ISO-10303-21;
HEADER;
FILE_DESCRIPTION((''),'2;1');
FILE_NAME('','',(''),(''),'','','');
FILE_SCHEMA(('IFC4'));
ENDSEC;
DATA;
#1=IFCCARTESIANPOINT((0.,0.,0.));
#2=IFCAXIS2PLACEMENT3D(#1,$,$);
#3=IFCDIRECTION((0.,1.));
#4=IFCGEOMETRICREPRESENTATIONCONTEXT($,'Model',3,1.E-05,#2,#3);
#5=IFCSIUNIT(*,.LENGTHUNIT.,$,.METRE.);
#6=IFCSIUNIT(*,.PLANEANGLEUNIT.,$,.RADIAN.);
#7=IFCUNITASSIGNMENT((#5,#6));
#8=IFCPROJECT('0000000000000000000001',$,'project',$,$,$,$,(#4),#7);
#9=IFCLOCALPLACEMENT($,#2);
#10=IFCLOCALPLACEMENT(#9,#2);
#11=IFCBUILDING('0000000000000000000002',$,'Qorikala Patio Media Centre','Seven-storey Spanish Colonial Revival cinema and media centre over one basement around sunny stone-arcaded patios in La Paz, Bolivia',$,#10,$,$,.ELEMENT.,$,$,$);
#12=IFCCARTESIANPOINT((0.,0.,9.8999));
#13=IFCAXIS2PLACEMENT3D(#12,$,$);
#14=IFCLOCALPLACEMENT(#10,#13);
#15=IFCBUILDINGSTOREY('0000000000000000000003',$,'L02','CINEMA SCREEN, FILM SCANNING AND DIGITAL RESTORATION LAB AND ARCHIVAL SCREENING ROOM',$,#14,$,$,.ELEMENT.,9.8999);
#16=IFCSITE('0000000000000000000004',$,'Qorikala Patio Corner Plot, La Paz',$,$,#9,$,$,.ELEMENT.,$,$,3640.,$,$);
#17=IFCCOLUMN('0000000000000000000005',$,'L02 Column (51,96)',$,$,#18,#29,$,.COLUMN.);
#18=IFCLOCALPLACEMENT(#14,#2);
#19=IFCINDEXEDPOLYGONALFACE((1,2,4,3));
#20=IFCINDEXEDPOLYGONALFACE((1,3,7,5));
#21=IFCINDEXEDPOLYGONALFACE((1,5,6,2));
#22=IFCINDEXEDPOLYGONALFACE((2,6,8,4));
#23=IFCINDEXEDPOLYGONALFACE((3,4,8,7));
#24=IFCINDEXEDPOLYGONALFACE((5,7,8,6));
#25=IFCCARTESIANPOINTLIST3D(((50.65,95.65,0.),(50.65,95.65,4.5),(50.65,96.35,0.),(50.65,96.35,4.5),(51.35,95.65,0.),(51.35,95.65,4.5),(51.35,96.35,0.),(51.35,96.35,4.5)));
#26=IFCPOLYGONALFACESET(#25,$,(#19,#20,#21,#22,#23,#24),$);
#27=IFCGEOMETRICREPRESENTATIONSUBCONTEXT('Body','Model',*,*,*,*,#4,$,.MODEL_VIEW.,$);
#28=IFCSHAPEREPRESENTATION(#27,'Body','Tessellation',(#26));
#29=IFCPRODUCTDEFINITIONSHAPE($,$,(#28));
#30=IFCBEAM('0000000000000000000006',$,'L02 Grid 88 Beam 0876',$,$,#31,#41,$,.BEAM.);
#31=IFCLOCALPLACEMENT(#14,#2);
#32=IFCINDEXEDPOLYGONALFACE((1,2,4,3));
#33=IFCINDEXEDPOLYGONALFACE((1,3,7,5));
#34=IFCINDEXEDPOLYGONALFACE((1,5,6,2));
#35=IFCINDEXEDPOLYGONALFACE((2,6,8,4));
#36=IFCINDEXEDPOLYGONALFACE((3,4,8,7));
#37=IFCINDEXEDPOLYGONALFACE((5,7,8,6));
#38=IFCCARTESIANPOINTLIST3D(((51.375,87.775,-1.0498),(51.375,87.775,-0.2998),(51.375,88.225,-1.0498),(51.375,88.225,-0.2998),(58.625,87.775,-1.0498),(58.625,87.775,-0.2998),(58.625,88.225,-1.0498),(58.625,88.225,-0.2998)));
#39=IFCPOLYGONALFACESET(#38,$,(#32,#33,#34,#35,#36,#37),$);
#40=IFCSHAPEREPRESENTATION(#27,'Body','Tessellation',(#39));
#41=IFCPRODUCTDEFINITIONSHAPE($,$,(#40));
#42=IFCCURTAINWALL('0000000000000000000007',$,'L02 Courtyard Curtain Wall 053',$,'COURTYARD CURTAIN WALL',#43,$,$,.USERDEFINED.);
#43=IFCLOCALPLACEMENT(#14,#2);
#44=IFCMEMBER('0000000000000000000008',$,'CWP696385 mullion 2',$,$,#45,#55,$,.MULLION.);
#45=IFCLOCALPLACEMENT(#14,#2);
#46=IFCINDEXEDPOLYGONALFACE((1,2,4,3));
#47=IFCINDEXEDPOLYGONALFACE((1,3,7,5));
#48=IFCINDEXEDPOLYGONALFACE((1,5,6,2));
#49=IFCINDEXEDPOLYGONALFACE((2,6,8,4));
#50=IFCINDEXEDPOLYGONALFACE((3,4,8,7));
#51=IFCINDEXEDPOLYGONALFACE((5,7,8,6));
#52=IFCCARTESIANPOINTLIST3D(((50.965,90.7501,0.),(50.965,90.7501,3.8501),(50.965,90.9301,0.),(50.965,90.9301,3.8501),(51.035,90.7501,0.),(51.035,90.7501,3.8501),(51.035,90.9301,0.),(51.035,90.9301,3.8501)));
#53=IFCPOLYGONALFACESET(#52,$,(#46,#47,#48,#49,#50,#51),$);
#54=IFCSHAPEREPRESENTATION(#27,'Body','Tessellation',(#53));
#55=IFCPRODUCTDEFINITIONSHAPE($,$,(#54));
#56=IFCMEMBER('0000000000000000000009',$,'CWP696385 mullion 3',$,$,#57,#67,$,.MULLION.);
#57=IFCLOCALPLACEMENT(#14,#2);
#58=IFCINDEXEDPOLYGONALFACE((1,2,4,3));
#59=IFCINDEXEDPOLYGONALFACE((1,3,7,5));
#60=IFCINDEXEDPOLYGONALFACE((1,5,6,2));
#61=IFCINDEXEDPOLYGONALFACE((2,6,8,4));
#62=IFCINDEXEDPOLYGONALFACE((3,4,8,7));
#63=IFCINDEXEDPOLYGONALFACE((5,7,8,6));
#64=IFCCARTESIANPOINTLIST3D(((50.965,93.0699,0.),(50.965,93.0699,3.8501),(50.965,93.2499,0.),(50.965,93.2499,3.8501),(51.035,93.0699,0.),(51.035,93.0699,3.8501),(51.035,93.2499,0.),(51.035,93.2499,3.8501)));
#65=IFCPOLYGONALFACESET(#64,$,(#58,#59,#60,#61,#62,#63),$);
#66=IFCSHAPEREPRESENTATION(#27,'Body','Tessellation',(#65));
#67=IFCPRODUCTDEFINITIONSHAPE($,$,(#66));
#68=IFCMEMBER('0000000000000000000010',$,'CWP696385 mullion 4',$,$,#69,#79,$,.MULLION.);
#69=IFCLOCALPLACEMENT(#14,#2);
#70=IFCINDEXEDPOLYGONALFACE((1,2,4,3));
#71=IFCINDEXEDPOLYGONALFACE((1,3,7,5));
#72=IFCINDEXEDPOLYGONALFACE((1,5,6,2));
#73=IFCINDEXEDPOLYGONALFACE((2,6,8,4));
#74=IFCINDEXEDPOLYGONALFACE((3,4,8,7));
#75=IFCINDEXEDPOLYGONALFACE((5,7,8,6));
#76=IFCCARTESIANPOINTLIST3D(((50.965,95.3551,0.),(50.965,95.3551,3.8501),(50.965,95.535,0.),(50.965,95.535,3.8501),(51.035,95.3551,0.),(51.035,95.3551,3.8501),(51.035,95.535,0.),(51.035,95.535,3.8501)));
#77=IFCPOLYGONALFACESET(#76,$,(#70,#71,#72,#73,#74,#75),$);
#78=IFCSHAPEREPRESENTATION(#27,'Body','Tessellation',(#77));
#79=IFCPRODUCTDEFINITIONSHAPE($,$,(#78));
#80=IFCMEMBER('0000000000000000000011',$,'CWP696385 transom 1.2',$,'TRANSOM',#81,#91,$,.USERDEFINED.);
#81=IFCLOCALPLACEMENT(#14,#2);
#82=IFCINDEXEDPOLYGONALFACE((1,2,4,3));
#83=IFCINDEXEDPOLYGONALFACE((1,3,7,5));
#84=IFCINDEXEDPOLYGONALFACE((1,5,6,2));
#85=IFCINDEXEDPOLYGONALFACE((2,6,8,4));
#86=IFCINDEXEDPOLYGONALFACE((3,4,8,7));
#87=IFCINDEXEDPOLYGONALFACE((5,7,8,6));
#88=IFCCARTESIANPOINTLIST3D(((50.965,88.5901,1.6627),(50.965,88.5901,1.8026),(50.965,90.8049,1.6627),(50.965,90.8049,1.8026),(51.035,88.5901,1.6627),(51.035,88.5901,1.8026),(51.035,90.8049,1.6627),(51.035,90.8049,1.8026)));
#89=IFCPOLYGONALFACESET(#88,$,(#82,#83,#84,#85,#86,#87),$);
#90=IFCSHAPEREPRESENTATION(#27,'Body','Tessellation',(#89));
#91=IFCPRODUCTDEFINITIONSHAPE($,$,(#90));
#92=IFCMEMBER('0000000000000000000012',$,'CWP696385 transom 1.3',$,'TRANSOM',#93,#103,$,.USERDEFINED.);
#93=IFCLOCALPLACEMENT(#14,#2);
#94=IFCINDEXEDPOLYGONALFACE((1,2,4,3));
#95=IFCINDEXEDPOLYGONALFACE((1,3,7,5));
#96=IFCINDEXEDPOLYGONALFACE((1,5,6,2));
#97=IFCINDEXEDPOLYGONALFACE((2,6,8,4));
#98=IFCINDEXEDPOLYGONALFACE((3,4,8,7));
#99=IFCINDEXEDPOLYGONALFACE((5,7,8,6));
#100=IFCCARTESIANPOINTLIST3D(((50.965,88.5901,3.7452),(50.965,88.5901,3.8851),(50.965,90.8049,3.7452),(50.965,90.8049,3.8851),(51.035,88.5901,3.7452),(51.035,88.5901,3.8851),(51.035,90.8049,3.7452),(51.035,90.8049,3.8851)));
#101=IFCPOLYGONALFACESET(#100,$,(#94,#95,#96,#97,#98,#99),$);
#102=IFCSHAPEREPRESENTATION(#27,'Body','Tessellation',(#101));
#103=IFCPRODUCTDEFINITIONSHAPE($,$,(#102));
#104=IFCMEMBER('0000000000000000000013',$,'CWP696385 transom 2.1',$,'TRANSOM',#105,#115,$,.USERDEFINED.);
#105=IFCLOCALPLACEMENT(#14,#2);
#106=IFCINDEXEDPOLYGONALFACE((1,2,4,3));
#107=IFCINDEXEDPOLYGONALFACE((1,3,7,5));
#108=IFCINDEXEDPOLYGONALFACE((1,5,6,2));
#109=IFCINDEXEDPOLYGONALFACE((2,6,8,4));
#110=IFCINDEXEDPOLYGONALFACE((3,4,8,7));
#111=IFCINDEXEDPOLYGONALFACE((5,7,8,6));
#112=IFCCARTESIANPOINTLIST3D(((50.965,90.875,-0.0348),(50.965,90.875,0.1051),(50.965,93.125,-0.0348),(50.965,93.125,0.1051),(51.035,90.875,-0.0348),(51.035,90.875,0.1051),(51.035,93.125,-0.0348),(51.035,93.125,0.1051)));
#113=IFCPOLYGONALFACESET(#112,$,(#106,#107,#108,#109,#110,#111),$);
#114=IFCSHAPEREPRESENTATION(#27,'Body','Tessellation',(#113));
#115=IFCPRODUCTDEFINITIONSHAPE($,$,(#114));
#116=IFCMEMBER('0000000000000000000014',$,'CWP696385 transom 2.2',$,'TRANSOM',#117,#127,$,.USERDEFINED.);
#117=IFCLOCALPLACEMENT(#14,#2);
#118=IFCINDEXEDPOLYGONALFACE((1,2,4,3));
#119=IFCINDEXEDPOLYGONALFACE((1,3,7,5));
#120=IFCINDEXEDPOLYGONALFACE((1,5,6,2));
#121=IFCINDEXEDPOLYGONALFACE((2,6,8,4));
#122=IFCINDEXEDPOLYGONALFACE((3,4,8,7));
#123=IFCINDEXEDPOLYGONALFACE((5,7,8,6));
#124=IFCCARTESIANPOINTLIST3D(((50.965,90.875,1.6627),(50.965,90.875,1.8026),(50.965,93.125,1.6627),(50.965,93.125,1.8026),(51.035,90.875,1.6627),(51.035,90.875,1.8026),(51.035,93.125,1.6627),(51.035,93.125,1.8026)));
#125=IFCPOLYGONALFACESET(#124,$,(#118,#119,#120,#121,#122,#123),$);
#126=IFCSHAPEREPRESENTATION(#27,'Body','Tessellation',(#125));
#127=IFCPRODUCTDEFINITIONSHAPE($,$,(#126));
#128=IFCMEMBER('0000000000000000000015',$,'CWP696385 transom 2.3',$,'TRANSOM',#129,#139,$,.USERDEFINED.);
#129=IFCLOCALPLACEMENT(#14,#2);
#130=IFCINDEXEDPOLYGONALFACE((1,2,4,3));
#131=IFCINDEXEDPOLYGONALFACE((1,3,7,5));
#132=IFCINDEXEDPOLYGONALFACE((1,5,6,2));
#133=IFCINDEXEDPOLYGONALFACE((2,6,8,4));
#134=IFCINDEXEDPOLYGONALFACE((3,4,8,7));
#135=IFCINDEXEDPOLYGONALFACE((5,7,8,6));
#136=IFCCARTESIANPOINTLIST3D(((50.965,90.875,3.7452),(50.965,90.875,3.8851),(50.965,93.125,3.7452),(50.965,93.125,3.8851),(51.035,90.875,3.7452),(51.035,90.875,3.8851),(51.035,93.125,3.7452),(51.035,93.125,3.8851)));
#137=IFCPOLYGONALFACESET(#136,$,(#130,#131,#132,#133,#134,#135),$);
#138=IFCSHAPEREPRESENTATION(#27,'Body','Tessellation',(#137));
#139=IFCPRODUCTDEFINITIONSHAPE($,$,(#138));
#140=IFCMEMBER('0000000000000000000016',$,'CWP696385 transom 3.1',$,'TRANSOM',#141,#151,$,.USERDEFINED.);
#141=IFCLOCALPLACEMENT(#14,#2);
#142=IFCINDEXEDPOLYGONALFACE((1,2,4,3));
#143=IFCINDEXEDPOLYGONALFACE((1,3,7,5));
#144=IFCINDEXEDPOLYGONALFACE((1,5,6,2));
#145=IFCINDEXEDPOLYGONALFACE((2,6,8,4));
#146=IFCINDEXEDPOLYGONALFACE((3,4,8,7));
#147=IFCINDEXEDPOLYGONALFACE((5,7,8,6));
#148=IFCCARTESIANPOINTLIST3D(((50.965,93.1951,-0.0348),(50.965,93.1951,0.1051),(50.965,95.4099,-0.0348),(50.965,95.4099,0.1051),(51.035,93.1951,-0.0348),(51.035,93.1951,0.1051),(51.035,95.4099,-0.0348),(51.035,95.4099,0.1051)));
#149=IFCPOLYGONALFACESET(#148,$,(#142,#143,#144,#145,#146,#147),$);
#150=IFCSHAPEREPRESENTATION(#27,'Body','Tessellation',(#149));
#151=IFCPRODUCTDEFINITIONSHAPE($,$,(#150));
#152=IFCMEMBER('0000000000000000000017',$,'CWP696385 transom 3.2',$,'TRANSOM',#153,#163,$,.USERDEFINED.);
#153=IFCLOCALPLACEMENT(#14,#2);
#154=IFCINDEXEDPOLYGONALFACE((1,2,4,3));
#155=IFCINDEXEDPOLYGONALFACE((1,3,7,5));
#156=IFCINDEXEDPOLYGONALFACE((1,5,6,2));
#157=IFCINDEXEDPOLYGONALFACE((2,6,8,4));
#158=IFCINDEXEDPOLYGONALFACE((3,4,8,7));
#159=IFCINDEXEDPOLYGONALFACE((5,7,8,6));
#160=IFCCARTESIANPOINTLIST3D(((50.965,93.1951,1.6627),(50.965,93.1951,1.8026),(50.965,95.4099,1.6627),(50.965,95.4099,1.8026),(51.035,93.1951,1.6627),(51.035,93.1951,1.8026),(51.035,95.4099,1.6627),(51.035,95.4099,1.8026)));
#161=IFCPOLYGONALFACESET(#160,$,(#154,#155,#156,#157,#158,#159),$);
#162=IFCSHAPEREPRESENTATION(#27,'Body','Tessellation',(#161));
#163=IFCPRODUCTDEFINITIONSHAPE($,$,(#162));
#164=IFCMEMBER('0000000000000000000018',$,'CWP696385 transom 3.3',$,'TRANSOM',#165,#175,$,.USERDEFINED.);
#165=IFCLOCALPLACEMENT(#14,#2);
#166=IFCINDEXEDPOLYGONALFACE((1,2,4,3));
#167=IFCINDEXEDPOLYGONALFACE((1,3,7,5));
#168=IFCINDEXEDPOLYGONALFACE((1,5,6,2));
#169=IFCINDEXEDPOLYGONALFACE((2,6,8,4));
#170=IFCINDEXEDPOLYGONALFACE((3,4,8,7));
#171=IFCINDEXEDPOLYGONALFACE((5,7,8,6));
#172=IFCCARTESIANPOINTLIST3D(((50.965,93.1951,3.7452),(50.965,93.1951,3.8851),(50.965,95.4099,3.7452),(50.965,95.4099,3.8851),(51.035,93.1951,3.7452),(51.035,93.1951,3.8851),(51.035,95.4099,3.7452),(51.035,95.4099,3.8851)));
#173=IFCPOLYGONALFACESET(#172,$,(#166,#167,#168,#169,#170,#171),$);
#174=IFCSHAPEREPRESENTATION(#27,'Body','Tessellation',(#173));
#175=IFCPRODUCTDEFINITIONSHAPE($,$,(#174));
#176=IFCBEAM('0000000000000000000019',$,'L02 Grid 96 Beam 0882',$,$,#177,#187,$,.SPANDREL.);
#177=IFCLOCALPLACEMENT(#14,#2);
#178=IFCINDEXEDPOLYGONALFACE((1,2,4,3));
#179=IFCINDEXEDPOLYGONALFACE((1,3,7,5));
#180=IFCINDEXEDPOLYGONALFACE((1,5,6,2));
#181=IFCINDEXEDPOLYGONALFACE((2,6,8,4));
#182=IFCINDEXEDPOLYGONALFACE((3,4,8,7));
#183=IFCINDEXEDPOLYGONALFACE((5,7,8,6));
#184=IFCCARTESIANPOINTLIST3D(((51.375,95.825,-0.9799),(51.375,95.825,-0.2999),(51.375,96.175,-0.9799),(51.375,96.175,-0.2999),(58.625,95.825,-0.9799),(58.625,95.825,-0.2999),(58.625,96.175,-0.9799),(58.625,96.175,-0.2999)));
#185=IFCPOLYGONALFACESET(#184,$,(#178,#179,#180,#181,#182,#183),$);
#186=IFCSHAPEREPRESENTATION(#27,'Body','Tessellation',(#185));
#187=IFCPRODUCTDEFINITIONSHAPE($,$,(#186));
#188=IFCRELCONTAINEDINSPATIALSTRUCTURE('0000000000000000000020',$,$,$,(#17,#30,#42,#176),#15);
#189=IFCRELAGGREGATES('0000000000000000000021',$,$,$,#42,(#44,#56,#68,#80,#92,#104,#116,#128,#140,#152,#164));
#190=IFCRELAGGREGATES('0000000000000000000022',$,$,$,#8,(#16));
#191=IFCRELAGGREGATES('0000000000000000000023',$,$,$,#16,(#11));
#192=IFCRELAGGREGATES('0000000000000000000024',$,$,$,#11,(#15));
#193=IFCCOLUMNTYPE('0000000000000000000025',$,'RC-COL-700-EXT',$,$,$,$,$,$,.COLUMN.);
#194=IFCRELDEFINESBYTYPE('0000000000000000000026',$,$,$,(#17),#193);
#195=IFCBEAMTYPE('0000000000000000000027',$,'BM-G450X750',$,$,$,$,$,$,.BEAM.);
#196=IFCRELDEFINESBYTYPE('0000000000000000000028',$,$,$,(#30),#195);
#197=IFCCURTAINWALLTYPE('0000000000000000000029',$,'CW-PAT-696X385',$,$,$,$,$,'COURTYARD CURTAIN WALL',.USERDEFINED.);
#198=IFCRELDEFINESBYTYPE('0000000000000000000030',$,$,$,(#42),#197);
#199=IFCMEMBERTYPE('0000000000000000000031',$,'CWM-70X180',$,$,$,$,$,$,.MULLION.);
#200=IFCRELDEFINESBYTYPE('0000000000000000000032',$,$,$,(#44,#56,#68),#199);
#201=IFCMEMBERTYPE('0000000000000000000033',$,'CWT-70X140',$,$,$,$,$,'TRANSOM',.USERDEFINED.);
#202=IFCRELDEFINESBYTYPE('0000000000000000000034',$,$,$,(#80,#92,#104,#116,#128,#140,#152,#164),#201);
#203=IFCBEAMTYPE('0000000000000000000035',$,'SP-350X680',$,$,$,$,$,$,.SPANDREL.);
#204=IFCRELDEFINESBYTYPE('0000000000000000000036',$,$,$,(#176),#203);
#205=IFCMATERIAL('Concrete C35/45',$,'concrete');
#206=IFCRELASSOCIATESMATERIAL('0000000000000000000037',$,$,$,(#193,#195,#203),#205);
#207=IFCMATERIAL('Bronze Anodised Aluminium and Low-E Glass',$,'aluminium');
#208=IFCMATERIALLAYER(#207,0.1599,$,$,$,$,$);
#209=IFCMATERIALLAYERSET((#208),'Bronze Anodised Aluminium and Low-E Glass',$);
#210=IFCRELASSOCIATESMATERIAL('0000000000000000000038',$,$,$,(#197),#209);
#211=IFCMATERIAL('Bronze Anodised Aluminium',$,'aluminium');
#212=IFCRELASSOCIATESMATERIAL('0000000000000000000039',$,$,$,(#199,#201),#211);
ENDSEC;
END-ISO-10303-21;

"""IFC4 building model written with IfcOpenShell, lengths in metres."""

from ifc_helpers import new_model, si_unit, direction, frame, origin, origin_2d, place, context, subcontext, project, spatial, rectangle, extrude, material, layer, layer_set, material_profile, profile_set, type_object, element, aggregate, save


model = new_model("IFC4")

# Units and contexts
model_context = context("Model", 3, precision=1e-05, world=origin(), true_north=direction((0.0, 1.0)))
body_context = subcontext(model_context, "Body", "Model", "MODEL_VIEW")
ifc_project = project(units=[si_unit("LENGTHUNIT", "METRE"), si_unit("PLANEANGLEUNIT", "RADIAN")], contexts=[model_context])

# Site, building, storey
site_placement = place(None, origin())
site = spatial("IfcSite", under=ifc_project, at=site_placement, Name="Qorikala Patio Corner Plot, La Paz", CompositionType="ELEMENT", RefElevation=3640.0)
building_placement = place(site_placement, origin())
building = spatial("IfcBuilding", under=site, at=building_placement, Name="Qorikala Patio Media Centre", Description="Seven-storey Spanish Colonial Revival cinema and media centre over one basement around sunny stone-arcaded patios in La Paz, Bolivia", CompositionType="ELEMENT")
storey_placement = place(building_placement, frame((0.0, 0.0, 9.8999)))
storey = spatial("IfcBuildingStorey", under=building, at=storey_placement, Name="L02", Description="CINEMA SCREEN, FILM SCANNING AND DIGITAL RESTORATION LAB AND ARCHIVAL SCREENING ROOM", CompositionType="ELEMENT", Elevation=9.8999)

# Column
ifc_material_1 = material(Name="Concrete C35/45", Category="concrete")
ifc_material_profile_1 = material_profile(ifc_material_1, rectangle(XDim=0.7, YDim=0.7, at=origin_2d()), Name="RC 700x700")
ifc_profile_set_1 = profile_set([ifc_material_profile_1], Name="Concrete C35/45")
column_type = type_object("IfcColumnType", Name="RC-COL-700-EXT", PredefinedType="COLUMN", material=ifc_profile_set_1)
column_placement = place(storey_placement, frame((51.0, 96.0, 0.0), z_axis=(0.0, 0.0, 1.0), x_axis=(1.0, 0.0, 0.0)))
element("IfcColumn", 1, at=column_placement, inside=storey, type_object=column_type, Name="L02 Column (51,96)", PredefinedType="COLUMN", context=body_context, shape_type="SweptSolid", body=[
    extrude(rectangle(XDim=0.7, YDim=0.7, at=origin_2d()), origin(), (0.0, 0.0, 1.0), 4.5),
])

# Beam
ifc_material_profile_2 = material_profile(ifc_material_1, rectangle(XDim=0.45, YDim=0.75, at=origin_2d()), Name="RC 450x750")
ifc_profile_set_2 = profile_set([ifc_material_profile_2], Name="Concrete C35/45")
beam_type_1 = type_object("IfcBeamType", Name="BM-G450X750", PredefinedType="BEAM", material=ifc_profile_set_2)
beam_1_placement = place(storey_placement, frame((51.375, 88.0, -0.6748), z_axis=(1.0, 0.0, 0.0), x_axis=(0.0, 1.0, 0.0)))
element("IfcBeam", 2, at=beam_1_placement, inside=storey, type_object=beam_type_1, Name="L02 Grid 88 Beam 0876", PredefinedType="BEAM", context=body_context, shape_type="SweptSolid", body=[
    extrude(rectangle(XDim=0.45, YDim=0.75, at=origin_2d()), origin(), (0.0, 0.0, 1.0), 7.25),
])

# Curtain wall, members
ifc_material_2 = material(Name="Bronze Anodised Aluminium and Low-E Glass", Category="aluminium")
ifc_layer_1 = layer(ifc_material_2, 0.1599)
ifc_layer_set_1 = layer_set([ifc_layer_1], Name="Bronze Anodised Aluminium and Low-E Glass")
curtain_wall_type = type_object("IfcCurtainWallType", Name="CW-PAT-696X385", ElementType="COURTYARD CURTAIN WALL", PredefinedType="USERDEFINED", material=ifc_layer_set_1)
curtain_wall_placement = place(storey_placement, origin())
curtain_wall = element("IfcCurtainWall", 3, at=curtain_wall_placement, inside=storey, type_object=curtain_wall_type, Name="L02 Courtyard Curtain Wall 053", ObjectType="COURTYARD CURTAIN WALL", PredefinedType="USERDEFINED")
ifc_material_3 = material(Name="Bronze Anodised Aluminium", Category="aluminium")
ifc_material_profile_3 = material_profile(ifc_material_3, rectangle(XDim=0.0701, YDim=0.1799, at=origin_2d()), Name="ALU MULLION 70x180")
ifc_profile_set_3 = profile_set([ifc_material_profile_3], Name="Bronze Anodised Aluminium")
member_type_1 = type_object("IfcMemberType", Name="CWM-70X180", PredefinedType="MULLION", material=ifc_profile_set_3)
member_1_placement = place(storey_placement, frame((51.0, 90.8401, 0.0), z_axis=(0.0, 0.0, 1.0), x_axis=(-1.0, 0.0, 0.0)))
member_1 = element("IfcMember", 4, at=member_1_placement, type_object=member_type_1, Name="CWP696385 mullion 2", PredefinedType="MULLION", context=body_context, shape_type="SweptSolid", body=[
    extrude(rectangle(XDim=0.0701, YDim=0.1799, at=origin_2d()), origin(), (0.0, 0.0, 1.0), 3.8501),
])
member_2_placement = place(storey_placement, frame((51.0, 93.1599, 0.0), z_axis=(0.0, 0.0, 1.0), x_axis=(-1.0, 0.0, 0.0)))
member_2 = element("IfcMember", 5, at=member_2_placement, type_object=member_type_1, Name="CWP696385 mullion 3", PredefinedType="MULLION", context=body_context, shape_type="SweptSolid", body=[
    extrude(rectangle(XDim=0.0701, YDim=0.1799, at=origin_2d()), origin(), (0.0, 0.0, 1.0), 3.8501),
])
member_3_placement = place(storey_placement, frame((51.0, 95.4451, 0.0), z_axis=(0.0, 0.0, 1.0), x_axis=(-1.0, 0.0, 0.0)))
member_3 = element("IfcMember", 6, at=member_3_placement, type_object=member_type_1, Name="CWP696385 mullion 4", PredefinedType="MULLION", context=body_context, shape_type="SweptSolid", body=[
    extrude(rectangle(XDim=0.0701, YDim=0.1799, at=origin_2d()), origin(), (0.0, 0.0, 1.0), 3.8501),
])
ifc_material_profile_4 = material_profile(ifc_material_3, rectangle(XDim=0.0701, YDim=0.1399, at=origin_2d()), Name="ALU TRANSOM 70x140")
ifc_profile_set_4 = profile_set([ifc_material_profile_4], Name="Bronze Anodised Aluminium")
member_type_2 = type_object("IfcMemberType", Name="CWT-70X140", ElementType="TRANSOM", PredefinedType="USERDEFINED", material=ifc_profile_set_4)
member_4_placement = place(storey_placement, frame((51.0, 88.5901, 1.7327), z_axis=(0.0, 1.0, 0.0), x_axis=(-1.0, 0.0, 0.0)))
member_4 = element("IfcMember", 7, at=member_4_placement, type_object=member_type_2, Name="CWP696385 transom 1.2", ObjectType="TRANSOM", PredefinedType="USERDEFINED", context=body_context, shape_type="SweptSolid", body=[
    extrude(rectangle(XDim=0.0701, YDim=0.1399, at=origin_2d()), origin(), (0.0, 0.0, 1.0), 2.2148),
])
member_5_placement = place(storey_placement, frame((51.0, 88.5901, 3.8152), z_axis=(0.0, 1.0, 0.0), x_axis=(-1.0, 0.0, 0.0)))
member_5 = element("IfcMember", 8, at=member_5_placement, type_object=member_type_2, Name="CWP696385 transom 1.3", ObjectType="TRANSOM", PredefinedType="USERDEFINED", context=body_context, shape_type="SweptSolid", body=[
    extrude(rectangle(XDim=0.0701, YDim=0.1399, at=origin_2d()), origin(), (0.0, 0.0, 1.0), 2.2148),
])
member_6_placement = place(storey_placement, frame((51.0, 90.875, 0.0352), z_axis=(0.0, 1.0, 0.0), x_axis=(-1.0, 0.0, 0.0)))
member_6 = element("IfcMember", 9, at=member_6_placement, type_object=member_type_2, Name="CWP696385 transom 2.1", ObjectType="TRANSOM", PredefinedType="USERDEFINED", context=body_context, shape_type="SweptSolid", body=[
    extrude(rectangle(XDim=0.0701, YDim=0.1399, at=origin_2d()), origin(), (0.0, 0.0, 1.0), 2.25),
])
member_7_placement = place(storey_placement, frame((51.0, 90.875, 1.7327), z_axis=(0.0, 1.0, 0.0), x_axis=(-1.0, 0.0, 0.0)))
member_7 = element("IfcMember", 10, at=member_7_placement, type_object=member_type_2, Name="CWP696385 transom 2.2", ObjectType="TRANSOM", PredefinedType="USERDEFINED", context=body_context, shape_type="SweptSolid", body=[
    extrude(rectangle(XDim=0.0701, YDim=0.1399, at=origin_2d()), origin(), (0.0, 0.0, 1.0), 2.25),
])
member_8_placement = place(storey_placement, frame((51.0, 90.875, 3.8152), z_axis=(0.0, 1.0, 0.0), x_axis=(-1.0, 0.0, 0.0)))
member_8 = element("IfcMember", 11, at=member_8_placement, type_object=member_type_2, Name="CWP696385 transom 2.3", ObjectType="TRANSOM", PredefinedType="USERDEFINED", context=body_context, shape_type="SweptSolid", body=[
    extrude(rectangle(XDim=0.0701, YDim=0.1399, at=origin_2d()), origin(), (0.0, 0.0, 1.0), 2.25),
])
member_9_placement = place(storey_placement, frame((51.0, 93.1951, 0.0352), z_axis=(0.0, 1.0, 0.0), x_axis=(-1.0, 0.0, 0.0)))
member_9 = element("IfcMember", 12, at=member_9_placement, type_object=member_type_2, Name="CWP696385 transom 3.1", ObjectType="TRANSOM", PredefinedType="USERDEFINED", context=body_context, shape_type="SweptSolid", body=[
    extrude(rectangle(XDim=0.0701, YDim=0.1399, at=origin_2d()), origin(), (0.0, 0.0, 1.0), 2.2148),
])
member_10_placement = place(storey_placement, frame((51.0, 93.1951, 1.7327), z_axis=(0.0, 1.0, 0.0), x_axis=(-1.0, 0.0, 0.0)))
member_10 = element("IfcMember", 13, at=member_10_placement, type_object=member_type_2, Name="CWP696385 transom 3.2", ObjectType="TRANSOM", PredefinedType="USERDEFINED", context=body_context, shape_type="SweptSolid", body=[
    extrude(rectangle(XDim=0.0701, YDim=0.1399, at=origin_2d()), origin(), (0.0, 0.0, 1.0), 2.2148),
])
member_11_placement = place(storey_placement, frame((51.0, 93.1951, 3.8152), z_axis=(0.0, 1.0, 0.0), x_axis=(-1.0, 0.0, 0.0)))
member_11 = element("IfcMember", 14, at=member_11_placement, type_object=member_type_2, Name="CWP696385 transom 3.3", ObjectType="TRANSOM", PredefinedType="USERDEFINED", context=body_context, shape_type="SweptSolid", body=[
    extrude(rectangle(XDim=0.0701, YDim=0.1399, at=origin_2d()), origin(), (0.0, 0.0, 1.0), 2.2148),
])

# Beam
ifc_material_profile_5 = material_profile(ifc_material_1, rectangle(XDim=0.3501, YDim=0.6799, at=origin_2d()), Name="RC 350x680")
ifc_profile_set_5 = profile_set([ifc_material_profile_5], Name="Concrete C35/45")
beam_type_2 = type_object("IfcBeamType", Name="SP-350X680", PredefinedType="SPANDREL", material=ifc_profile_set_5)
beam_2_placement = place(storey_placement, frame((51.375, 96.0, -0.6399), z_axis=(1.0, 0.0, 0.0), x_axis=(0.0, 1.0, 0.0)))
element("IfcBeam", 15, at=beam_2_placement, inside=storey, type_object=beam_type_2, Name="L02 Grid 96 Beam 0882", PredefinedType="SPANDREL", context=body_context, shape_type="SweptSolid", body=[
    extrude(rectangle(XDim=0.3501, YDim=0.6799, at=origin_2d()), origin(), (0.0, 0.0, 1.0), 7.25),
])

aggregate(curtain_wall, [member_1, member_2, member_3, member_4, member_5, member_6, member_7, member_8, member_9, member_10, member_11])

save(model, "model.ifc")
